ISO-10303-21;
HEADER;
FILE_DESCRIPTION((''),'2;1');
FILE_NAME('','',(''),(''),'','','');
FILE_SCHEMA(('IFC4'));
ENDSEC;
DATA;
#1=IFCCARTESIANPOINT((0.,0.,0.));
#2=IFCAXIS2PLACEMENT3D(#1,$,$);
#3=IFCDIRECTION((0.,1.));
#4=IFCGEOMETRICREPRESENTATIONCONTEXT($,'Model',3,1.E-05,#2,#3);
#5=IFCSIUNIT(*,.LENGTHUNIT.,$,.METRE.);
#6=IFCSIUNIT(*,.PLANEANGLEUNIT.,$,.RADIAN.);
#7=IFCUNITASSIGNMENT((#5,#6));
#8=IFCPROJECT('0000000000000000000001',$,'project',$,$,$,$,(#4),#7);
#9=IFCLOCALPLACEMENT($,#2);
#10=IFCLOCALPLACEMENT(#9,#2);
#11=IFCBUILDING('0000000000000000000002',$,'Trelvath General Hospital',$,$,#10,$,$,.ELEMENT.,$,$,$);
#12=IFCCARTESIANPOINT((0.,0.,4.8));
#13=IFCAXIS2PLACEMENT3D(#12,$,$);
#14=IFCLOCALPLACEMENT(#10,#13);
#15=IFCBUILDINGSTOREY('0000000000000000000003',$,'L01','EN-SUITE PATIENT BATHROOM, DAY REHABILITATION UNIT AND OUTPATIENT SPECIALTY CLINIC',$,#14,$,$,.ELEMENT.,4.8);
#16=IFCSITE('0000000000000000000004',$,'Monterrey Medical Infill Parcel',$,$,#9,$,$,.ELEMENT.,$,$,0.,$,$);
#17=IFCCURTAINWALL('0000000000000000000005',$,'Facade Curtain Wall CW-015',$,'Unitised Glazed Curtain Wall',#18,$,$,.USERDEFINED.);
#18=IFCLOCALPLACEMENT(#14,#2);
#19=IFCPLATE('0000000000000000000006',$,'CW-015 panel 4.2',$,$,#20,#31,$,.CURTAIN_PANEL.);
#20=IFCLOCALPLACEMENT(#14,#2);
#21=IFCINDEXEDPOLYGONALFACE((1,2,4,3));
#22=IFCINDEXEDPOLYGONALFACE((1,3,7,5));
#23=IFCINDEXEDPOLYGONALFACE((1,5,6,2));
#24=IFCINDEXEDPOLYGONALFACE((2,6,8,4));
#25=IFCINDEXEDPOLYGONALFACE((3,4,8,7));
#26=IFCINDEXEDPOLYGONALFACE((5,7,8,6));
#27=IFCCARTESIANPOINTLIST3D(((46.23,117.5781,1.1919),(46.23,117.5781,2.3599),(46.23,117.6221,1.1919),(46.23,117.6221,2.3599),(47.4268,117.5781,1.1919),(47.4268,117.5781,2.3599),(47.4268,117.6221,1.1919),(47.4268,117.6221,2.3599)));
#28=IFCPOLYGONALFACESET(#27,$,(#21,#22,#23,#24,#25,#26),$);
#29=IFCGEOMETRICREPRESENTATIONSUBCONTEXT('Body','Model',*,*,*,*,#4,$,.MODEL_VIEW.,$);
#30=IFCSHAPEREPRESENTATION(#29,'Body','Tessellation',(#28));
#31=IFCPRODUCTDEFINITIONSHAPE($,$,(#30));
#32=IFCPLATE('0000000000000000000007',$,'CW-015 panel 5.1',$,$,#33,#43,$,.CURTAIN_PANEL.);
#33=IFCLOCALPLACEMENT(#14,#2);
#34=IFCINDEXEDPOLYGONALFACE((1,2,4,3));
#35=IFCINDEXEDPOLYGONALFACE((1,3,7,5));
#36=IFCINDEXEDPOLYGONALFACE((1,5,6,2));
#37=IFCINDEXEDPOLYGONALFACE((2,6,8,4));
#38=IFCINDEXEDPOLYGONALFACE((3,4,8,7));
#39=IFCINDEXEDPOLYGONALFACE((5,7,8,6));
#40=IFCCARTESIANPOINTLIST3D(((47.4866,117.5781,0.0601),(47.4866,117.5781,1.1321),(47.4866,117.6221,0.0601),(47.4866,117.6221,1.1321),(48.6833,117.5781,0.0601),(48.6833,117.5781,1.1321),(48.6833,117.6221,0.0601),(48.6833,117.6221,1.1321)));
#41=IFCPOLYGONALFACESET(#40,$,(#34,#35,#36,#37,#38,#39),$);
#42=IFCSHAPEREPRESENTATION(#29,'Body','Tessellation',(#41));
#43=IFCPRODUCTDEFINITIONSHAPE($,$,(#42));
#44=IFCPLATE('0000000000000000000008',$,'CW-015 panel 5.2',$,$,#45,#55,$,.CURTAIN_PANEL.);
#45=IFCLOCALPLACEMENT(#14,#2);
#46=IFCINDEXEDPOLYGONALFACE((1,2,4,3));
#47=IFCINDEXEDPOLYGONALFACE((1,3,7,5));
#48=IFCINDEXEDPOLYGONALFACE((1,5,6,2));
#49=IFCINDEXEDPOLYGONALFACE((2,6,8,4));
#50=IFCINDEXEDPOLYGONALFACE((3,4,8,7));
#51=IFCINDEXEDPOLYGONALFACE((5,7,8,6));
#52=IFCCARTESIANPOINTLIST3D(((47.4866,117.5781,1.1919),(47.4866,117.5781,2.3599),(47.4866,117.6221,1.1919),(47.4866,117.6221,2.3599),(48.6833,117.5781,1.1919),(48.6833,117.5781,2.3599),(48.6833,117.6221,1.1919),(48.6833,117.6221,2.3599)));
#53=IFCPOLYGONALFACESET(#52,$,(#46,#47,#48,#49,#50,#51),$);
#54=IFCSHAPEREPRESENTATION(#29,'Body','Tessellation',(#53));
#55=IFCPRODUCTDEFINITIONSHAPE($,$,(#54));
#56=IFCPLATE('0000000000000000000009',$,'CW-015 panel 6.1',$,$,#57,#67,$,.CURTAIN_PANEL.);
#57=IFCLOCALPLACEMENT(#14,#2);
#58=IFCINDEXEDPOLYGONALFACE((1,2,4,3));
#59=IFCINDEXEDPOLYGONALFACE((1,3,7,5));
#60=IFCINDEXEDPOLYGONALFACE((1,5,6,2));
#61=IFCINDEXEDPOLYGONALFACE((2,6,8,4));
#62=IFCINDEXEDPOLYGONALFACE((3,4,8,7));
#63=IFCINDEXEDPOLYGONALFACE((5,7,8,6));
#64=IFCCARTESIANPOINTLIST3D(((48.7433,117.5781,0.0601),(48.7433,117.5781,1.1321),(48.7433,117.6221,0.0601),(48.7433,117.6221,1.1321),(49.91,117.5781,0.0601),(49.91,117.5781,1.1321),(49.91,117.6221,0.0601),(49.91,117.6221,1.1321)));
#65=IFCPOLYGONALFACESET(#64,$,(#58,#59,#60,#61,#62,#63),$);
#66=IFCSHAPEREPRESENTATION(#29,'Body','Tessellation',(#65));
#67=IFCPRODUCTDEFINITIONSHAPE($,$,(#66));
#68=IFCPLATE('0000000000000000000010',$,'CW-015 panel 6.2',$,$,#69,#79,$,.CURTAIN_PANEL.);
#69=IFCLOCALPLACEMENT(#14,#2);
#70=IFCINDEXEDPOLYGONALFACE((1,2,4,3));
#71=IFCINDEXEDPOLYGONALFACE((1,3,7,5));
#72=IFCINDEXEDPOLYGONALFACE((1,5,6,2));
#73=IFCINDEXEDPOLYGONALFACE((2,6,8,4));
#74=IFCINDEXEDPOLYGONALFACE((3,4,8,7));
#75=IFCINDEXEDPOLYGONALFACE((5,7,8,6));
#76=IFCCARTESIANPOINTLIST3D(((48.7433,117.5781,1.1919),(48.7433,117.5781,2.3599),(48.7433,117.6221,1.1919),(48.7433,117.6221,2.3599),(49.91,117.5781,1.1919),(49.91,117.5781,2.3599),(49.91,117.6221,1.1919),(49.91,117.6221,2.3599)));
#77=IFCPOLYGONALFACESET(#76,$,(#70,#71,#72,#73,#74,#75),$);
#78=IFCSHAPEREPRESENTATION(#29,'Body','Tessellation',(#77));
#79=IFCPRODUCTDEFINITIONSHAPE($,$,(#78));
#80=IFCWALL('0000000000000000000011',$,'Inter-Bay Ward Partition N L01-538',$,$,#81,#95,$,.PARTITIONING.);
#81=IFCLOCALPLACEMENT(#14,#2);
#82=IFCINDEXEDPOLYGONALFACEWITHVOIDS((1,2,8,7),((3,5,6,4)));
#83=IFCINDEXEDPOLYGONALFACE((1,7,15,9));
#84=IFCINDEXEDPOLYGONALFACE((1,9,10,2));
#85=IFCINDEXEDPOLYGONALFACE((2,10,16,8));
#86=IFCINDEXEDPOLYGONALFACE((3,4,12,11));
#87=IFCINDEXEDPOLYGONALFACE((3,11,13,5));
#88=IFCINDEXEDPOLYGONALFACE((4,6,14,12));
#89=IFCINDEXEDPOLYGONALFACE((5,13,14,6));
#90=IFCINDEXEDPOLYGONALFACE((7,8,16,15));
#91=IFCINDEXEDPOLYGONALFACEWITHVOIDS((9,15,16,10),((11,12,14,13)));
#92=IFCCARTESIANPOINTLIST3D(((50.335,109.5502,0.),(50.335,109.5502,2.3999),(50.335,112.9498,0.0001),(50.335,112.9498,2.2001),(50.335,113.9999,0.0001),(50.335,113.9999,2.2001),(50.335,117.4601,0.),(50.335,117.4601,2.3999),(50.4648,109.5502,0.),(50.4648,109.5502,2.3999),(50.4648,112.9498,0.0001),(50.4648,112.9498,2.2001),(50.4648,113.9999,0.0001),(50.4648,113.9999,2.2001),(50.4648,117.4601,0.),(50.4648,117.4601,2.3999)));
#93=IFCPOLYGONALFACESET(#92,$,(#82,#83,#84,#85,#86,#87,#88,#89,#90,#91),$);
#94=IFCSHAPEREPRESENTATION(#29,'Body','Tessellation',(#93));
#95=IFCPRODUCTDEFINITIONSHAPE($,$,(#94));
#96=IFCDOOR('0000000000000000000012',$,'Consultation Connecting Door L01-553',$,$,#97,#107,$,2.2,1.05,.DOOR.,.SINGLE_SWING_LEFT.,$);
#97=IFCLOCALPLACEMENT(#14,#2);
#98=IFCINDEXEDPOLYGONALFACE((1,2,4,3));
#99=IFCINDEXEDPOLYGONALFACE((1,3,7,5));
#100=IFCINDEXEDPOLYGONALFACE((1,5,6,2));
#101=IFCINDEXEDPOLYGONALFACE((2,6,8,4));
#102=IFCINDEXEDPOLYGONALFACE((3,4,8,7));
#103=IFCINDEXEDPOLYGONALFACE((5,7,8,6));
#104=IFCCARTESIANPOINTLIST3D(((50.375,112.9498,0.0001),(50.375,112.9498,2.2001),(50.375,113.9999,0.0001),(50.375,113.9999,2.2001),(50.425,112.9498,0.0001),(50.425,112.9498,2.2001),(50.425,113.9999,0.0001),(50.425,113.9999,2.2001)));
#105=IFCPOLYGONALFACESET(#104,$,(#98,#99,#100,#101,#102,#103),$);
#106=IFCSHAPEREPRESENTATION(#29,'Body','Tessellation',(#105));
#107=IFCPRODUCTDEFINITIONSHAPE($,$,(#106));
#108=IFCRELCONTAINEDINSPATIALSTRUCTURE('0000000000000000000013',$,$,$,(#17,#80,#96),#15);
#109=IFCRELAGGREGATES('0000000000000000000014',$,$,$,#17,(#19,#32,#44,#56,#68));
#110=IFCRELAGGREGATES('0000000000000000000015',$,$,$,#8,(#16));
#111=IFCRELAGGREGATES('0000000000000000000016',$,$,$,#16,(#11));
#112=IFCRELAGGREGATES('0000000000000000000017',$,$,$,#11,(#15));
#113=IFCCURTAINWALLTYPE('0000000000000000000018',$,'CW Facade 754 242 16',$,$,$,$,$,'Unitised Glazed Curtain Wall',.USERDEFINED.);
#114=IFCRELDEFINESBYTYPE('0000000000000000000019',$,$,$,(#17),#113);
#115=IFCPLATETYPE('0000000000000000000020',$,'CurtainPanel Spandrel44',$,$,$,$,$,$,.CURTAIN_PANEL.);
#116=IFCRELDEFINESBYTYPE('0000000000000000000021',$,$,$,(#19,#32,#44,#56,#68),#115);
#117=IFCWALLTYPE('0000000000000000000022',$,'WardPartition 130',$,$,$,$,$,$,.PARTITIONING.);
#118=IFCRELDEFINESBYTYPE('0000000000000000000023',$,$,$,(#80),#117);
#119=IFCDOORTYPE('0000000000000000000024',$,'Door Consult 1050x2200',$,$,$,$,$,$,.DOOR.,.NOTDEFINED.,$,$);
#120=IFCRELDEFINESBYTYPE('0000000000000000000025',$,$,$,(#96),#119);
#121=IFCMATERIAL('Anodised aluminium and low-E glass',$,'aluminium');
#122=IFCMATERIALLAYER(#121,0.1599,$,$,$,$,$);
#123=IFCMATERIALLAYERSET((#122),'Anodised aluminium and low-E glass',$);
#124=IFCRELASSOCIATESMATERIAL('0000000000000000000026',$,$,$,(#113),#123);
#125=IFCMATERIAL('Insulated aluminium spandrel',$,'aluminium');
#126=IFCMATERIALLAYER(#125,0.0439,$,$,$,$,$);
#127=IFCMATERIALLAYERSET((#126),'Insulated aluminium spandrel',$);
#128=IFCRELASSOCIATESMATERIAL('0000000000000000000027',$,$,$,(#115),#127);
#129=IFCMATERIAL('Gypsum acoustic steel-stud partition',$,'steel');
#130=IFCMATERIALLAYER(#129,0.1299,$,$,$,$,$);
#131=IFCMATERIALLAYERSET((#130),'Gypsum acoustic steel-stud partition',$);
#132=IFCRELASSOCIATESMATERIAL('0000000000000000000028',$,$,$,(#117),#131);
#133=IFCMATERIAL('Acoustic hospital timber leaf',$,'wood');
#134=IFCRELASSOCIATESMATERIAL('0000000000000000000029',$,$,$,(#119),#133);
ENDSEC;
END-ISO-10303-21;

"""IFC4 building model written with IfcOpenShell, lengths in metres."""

from ifc_helpers import new_model, si_unit, direction, frame, frame_2d, origin, origin_2d, place, context, subcontext, project, spatial, rectangle, extrude, material, layer, layer_set, type_object, element, fill, aggregate, save


model = new_model("IFC4")

# Units and contexts
model_context = context("Model", 3, precision=1e-05, world=origin(), true_north=direction((0.0, 1.0)))
body_context = subcontext(model_context, "Body", "Model", "MODEL_VIEW")
ifc_project = project(units=[si_unit("LENGTHUNIT", "METRE"), si_unit("PLANEANGLEUNIT", "RADIAN")], contexts=[model_context])

# Site, building, storey
site_placement = place(None, origin())
site = spatial("IfcSite", under=ifc_project, at=site_placement, Name="Monterrey Medical Infill Parcel", CompositionType="ELEMENT", RefElevation=0.0)
building_placement = place(site_placement, origin())
building = spatial("IfcBuilding", under=site, at=building_placement, Name="Trelvath General Hospital", CompositionType="ELEMENT")
storey_placement = place(building_placement, frame((0.0, 0.0, 4.8)))
storey = spatial("IfcBuildingStorey", under=building, at=storey_placement, Name="L01", Description="EN-SUITE PATIENT BATHROOM, DAY REHABILITATION UNIT AND OUTPATIENT SPECIALTY CLINIC", CompositionType="ELEMENT", Elevation=4.8)

# Curtain wall, plates
ifc_material_1 = material(Name="Anodised aluminium and low-E glass", Category="aluminium")
ifc_layer_1 = layer(ifc_material_1, 0.1599)
ifc_layer_set_1 = layer_set([ifc_layer_1], Name="Anodised aluminium and low-E glass")
curtain_wall_type = type_object("IfcCurtainWallType", Name="CW Facade 754 242 16", ElementType="Unitised Glazed Curtain Wall", PredefinedType="USERDEFINED", material=ifc_layer_set_1)
curtain_wall_placement = place(storey_placement, origin())
curtain_wall = element("IfcCurtainWall", 1, at=curtain_wall_placement, inside=storey, type_object=curtain_wall_type, Name="Facade Curtain Wall CW-015", ObjectType="Unitised Glazed Curtain Wall", PredefinedType="USERDEFINED")
ifc_material_2 = material(Name="Insulated aluminium spandrel", Category="aluminium")
ifc_layer_2 = layer(ifc_material_2, 0.0439)
ifc_layer_set_2 = layer_set([ifc_layer_2], Name="Insulated aluminium spandrel")
plate_type = type_object("IfcPlateType", Name="CurtainPanel Spandrel44", PredefinedType="CURTAIN_PANEL", material=ifc_layer_set_2)
plate_1_placement = place(storey_placement, frame((46.8284, 117.6001, 1.1919), z_axis=(0.0, 0.0, 1.0), x_axis=(1.0, 0.0, 0.0)))
plate_1 = element("IfcPlate", 2, at=plate_1_placement, type_object=plate_type, Name="CW-015 panel 4.2", PredefinedType="CURTAIN_PANEL", context=body_context, shape_type="SweptSolid", body=[
    extrude(rectangle(XDim=1.1968, YDim=0.0439, at=origin_2d()), origin(), (0.0, 0.0, 1.0), 1.168),
])
plate_2_placement = place(storey_placement, frame((48.085, 117.6001, 0.0601), z_axis=(0.0, 0.0, 1.0), x_axis=(1.0, 0.0, 0.0)))
plate_2 = element("IfcPlate", 3, at=plate_2_placement, type_object=plate_type, Name="CW-015 panel 5.1", PredefinedType="CURTAIN_PANEL", context=body_context, shape_type="SweptSolid", body=[
    extrude(rectangle(XDim=1.1968, YDim=0.0439, at=origin_2d()), origin(), (0.0, 0.0, 1.0), 1.072),
])
plate_3_placement = place(storey_placement, frame((48.085, 117.6001, 1.1919), z_axis=(0.0, 0.0, 1.0), x_axis=(1.0, 0.0, 0.0)))
plate_3 = element("IfcPlate", 4, at=plate_3_placement, type_object=plate_type, Name="CW-015 panel 5.2", PredefinedType="CURTAIN_PANEL", context=body_context, shape_type="SweptSolid", body=[
    extrude(rectangle(XDim=1.1968, YDim=0.0439, at=origin_2d()), origin(), (0.0, 0.0, 1.0), 1.168),
])
plate_4_placement = place(storey_placement, frame((49.3267, 117.6001, 0.0601), z_axis=(0.0, 0.0, 1.0), x_axis=(1.0, 0.0, 0.0)))
plate_4 = element("IfcPlate", 5, at=plate_4_placement, type_object=plate_type, Name="CW-015 panel 6.1", PredefinedType="CURTAIN_PANEL", context=body_context, shape_type="SweptSolid", body=[
    extrude(rectangle(XDim=1.1667, YDim=0.0439, at=origin_2d()), origin(), (0.0, 0.0, 1.0), 1.072),
])
plate_5_placement = place(storey_placement, frame((49.3267, 117.6001, 1.1919), z_axis=(0.0, 0.0, 1.0), x_axis=(1.0, 0.0, 0.0)))
plate_5 = element("IfcPlate", 6, at=plate_5_placement, type_object=plate_type, Name="CW-015 panel 6.2", PredefinedType="CURTAIN_PANEL", context=body_context, shape_type="SweptSolid", body=[
    extrude(rectangle(XDim=1.1667, YDim=0.0439, at=origin_2d()), origin(), (0.0, 0.0, 1.0), 1.168),
])
aggregate(curtain_wall, [plate_1, plate_2, plate_3, plate_4, plate_5])

# Wall, opening, door
ifc_material_3 = material(Name="Gypsum acoustic steel-stud partition", Category="steel")
ifc_layer_3 = layer(ifc_material_3, 0.1299)
ifc_layer_set_3 = layer_set([ifc_layer_3], Name="Gypsum acoustic steel-stud partition")
wall_type = type_object("IfcWallType", Name="WardPartition 130", PredefinedType="PARTITIONING", material=ifc_layer_set_3)
wall_placement = place(storey_placement, frame((50.3999, 109.55, 0.0), z_axis=(0.0, 0.0, 1.0), x_axis=(0.0, 1.0, 0.0)))
wall = element("IfcWall", 7, at=wall_placement, inside=storey, type_object=wall_type, Name="Inter-Bay Ward Partition N L01-538", PredefinedType="PARTITIONING", context=body_context, shape_type="SweptSolid", body=[
    extrude(rectangle(XDim=7.9099, YDim=0.1299, at=frame_2d((3.9551, 0.0))), origin(), (0.0, 0.0, 1.0), 2.3999),
])
opening_placement = place(wall_placement, frame((3.3999, 0.0, 0.0)))
opening = element("IfcOpeningElement", 8, at=opening_placement, cuts=wall, PredefinedType="OPENING", context=body_context, shape_type="SweptSolid", body=[
    extrude(rectangle(XDim=1.05, YDim=2.2, at=frame_2d((0.5249, 1.1001))), frame((0.0, 0.075, 0.0), z_axis=(0.0, -1.0, 0.0), x_axis=(1.0, 0.0, 0.0)), (0.0, 0.0, 1.0), 0.1499),
])
ifc_material_4 = material(Name="Acoustic hospital timber leaf", Category="wood")
door_type = type_object("IfcDoorType", Name="Door Consult 1050x2200", OperationType="NOTDEFINED", PredefinedType="DOOR", material=ifc_material_4)
door_placement = place(opening_placement, origin())
door = element("IfcDoor", 9, at=door_placement, inside=storey, type_object=door_type, Name="Consultation Connecting Door L01-553", OperationType="SINGLE_SWING_LEFT", OverallHeight=2.2, OverallWidth=1.05, PredefinedType="DOOR", context=body_context, shape_type="SweptSolid", body=[
    extrude(rectangle(XDim=1.05, YDim=2.2, at=frame_2d((0.5249, 1.1001))), frame((0.0, 0.0249, 0.0), z_axis=(0.0, -1.0, 0.0), x_axis=(1.0, 0.0, 0.0)), (0.0, 0.0, 1.0), 0.05),
])
fill(opening, door)

save(model, "model.ifc")
